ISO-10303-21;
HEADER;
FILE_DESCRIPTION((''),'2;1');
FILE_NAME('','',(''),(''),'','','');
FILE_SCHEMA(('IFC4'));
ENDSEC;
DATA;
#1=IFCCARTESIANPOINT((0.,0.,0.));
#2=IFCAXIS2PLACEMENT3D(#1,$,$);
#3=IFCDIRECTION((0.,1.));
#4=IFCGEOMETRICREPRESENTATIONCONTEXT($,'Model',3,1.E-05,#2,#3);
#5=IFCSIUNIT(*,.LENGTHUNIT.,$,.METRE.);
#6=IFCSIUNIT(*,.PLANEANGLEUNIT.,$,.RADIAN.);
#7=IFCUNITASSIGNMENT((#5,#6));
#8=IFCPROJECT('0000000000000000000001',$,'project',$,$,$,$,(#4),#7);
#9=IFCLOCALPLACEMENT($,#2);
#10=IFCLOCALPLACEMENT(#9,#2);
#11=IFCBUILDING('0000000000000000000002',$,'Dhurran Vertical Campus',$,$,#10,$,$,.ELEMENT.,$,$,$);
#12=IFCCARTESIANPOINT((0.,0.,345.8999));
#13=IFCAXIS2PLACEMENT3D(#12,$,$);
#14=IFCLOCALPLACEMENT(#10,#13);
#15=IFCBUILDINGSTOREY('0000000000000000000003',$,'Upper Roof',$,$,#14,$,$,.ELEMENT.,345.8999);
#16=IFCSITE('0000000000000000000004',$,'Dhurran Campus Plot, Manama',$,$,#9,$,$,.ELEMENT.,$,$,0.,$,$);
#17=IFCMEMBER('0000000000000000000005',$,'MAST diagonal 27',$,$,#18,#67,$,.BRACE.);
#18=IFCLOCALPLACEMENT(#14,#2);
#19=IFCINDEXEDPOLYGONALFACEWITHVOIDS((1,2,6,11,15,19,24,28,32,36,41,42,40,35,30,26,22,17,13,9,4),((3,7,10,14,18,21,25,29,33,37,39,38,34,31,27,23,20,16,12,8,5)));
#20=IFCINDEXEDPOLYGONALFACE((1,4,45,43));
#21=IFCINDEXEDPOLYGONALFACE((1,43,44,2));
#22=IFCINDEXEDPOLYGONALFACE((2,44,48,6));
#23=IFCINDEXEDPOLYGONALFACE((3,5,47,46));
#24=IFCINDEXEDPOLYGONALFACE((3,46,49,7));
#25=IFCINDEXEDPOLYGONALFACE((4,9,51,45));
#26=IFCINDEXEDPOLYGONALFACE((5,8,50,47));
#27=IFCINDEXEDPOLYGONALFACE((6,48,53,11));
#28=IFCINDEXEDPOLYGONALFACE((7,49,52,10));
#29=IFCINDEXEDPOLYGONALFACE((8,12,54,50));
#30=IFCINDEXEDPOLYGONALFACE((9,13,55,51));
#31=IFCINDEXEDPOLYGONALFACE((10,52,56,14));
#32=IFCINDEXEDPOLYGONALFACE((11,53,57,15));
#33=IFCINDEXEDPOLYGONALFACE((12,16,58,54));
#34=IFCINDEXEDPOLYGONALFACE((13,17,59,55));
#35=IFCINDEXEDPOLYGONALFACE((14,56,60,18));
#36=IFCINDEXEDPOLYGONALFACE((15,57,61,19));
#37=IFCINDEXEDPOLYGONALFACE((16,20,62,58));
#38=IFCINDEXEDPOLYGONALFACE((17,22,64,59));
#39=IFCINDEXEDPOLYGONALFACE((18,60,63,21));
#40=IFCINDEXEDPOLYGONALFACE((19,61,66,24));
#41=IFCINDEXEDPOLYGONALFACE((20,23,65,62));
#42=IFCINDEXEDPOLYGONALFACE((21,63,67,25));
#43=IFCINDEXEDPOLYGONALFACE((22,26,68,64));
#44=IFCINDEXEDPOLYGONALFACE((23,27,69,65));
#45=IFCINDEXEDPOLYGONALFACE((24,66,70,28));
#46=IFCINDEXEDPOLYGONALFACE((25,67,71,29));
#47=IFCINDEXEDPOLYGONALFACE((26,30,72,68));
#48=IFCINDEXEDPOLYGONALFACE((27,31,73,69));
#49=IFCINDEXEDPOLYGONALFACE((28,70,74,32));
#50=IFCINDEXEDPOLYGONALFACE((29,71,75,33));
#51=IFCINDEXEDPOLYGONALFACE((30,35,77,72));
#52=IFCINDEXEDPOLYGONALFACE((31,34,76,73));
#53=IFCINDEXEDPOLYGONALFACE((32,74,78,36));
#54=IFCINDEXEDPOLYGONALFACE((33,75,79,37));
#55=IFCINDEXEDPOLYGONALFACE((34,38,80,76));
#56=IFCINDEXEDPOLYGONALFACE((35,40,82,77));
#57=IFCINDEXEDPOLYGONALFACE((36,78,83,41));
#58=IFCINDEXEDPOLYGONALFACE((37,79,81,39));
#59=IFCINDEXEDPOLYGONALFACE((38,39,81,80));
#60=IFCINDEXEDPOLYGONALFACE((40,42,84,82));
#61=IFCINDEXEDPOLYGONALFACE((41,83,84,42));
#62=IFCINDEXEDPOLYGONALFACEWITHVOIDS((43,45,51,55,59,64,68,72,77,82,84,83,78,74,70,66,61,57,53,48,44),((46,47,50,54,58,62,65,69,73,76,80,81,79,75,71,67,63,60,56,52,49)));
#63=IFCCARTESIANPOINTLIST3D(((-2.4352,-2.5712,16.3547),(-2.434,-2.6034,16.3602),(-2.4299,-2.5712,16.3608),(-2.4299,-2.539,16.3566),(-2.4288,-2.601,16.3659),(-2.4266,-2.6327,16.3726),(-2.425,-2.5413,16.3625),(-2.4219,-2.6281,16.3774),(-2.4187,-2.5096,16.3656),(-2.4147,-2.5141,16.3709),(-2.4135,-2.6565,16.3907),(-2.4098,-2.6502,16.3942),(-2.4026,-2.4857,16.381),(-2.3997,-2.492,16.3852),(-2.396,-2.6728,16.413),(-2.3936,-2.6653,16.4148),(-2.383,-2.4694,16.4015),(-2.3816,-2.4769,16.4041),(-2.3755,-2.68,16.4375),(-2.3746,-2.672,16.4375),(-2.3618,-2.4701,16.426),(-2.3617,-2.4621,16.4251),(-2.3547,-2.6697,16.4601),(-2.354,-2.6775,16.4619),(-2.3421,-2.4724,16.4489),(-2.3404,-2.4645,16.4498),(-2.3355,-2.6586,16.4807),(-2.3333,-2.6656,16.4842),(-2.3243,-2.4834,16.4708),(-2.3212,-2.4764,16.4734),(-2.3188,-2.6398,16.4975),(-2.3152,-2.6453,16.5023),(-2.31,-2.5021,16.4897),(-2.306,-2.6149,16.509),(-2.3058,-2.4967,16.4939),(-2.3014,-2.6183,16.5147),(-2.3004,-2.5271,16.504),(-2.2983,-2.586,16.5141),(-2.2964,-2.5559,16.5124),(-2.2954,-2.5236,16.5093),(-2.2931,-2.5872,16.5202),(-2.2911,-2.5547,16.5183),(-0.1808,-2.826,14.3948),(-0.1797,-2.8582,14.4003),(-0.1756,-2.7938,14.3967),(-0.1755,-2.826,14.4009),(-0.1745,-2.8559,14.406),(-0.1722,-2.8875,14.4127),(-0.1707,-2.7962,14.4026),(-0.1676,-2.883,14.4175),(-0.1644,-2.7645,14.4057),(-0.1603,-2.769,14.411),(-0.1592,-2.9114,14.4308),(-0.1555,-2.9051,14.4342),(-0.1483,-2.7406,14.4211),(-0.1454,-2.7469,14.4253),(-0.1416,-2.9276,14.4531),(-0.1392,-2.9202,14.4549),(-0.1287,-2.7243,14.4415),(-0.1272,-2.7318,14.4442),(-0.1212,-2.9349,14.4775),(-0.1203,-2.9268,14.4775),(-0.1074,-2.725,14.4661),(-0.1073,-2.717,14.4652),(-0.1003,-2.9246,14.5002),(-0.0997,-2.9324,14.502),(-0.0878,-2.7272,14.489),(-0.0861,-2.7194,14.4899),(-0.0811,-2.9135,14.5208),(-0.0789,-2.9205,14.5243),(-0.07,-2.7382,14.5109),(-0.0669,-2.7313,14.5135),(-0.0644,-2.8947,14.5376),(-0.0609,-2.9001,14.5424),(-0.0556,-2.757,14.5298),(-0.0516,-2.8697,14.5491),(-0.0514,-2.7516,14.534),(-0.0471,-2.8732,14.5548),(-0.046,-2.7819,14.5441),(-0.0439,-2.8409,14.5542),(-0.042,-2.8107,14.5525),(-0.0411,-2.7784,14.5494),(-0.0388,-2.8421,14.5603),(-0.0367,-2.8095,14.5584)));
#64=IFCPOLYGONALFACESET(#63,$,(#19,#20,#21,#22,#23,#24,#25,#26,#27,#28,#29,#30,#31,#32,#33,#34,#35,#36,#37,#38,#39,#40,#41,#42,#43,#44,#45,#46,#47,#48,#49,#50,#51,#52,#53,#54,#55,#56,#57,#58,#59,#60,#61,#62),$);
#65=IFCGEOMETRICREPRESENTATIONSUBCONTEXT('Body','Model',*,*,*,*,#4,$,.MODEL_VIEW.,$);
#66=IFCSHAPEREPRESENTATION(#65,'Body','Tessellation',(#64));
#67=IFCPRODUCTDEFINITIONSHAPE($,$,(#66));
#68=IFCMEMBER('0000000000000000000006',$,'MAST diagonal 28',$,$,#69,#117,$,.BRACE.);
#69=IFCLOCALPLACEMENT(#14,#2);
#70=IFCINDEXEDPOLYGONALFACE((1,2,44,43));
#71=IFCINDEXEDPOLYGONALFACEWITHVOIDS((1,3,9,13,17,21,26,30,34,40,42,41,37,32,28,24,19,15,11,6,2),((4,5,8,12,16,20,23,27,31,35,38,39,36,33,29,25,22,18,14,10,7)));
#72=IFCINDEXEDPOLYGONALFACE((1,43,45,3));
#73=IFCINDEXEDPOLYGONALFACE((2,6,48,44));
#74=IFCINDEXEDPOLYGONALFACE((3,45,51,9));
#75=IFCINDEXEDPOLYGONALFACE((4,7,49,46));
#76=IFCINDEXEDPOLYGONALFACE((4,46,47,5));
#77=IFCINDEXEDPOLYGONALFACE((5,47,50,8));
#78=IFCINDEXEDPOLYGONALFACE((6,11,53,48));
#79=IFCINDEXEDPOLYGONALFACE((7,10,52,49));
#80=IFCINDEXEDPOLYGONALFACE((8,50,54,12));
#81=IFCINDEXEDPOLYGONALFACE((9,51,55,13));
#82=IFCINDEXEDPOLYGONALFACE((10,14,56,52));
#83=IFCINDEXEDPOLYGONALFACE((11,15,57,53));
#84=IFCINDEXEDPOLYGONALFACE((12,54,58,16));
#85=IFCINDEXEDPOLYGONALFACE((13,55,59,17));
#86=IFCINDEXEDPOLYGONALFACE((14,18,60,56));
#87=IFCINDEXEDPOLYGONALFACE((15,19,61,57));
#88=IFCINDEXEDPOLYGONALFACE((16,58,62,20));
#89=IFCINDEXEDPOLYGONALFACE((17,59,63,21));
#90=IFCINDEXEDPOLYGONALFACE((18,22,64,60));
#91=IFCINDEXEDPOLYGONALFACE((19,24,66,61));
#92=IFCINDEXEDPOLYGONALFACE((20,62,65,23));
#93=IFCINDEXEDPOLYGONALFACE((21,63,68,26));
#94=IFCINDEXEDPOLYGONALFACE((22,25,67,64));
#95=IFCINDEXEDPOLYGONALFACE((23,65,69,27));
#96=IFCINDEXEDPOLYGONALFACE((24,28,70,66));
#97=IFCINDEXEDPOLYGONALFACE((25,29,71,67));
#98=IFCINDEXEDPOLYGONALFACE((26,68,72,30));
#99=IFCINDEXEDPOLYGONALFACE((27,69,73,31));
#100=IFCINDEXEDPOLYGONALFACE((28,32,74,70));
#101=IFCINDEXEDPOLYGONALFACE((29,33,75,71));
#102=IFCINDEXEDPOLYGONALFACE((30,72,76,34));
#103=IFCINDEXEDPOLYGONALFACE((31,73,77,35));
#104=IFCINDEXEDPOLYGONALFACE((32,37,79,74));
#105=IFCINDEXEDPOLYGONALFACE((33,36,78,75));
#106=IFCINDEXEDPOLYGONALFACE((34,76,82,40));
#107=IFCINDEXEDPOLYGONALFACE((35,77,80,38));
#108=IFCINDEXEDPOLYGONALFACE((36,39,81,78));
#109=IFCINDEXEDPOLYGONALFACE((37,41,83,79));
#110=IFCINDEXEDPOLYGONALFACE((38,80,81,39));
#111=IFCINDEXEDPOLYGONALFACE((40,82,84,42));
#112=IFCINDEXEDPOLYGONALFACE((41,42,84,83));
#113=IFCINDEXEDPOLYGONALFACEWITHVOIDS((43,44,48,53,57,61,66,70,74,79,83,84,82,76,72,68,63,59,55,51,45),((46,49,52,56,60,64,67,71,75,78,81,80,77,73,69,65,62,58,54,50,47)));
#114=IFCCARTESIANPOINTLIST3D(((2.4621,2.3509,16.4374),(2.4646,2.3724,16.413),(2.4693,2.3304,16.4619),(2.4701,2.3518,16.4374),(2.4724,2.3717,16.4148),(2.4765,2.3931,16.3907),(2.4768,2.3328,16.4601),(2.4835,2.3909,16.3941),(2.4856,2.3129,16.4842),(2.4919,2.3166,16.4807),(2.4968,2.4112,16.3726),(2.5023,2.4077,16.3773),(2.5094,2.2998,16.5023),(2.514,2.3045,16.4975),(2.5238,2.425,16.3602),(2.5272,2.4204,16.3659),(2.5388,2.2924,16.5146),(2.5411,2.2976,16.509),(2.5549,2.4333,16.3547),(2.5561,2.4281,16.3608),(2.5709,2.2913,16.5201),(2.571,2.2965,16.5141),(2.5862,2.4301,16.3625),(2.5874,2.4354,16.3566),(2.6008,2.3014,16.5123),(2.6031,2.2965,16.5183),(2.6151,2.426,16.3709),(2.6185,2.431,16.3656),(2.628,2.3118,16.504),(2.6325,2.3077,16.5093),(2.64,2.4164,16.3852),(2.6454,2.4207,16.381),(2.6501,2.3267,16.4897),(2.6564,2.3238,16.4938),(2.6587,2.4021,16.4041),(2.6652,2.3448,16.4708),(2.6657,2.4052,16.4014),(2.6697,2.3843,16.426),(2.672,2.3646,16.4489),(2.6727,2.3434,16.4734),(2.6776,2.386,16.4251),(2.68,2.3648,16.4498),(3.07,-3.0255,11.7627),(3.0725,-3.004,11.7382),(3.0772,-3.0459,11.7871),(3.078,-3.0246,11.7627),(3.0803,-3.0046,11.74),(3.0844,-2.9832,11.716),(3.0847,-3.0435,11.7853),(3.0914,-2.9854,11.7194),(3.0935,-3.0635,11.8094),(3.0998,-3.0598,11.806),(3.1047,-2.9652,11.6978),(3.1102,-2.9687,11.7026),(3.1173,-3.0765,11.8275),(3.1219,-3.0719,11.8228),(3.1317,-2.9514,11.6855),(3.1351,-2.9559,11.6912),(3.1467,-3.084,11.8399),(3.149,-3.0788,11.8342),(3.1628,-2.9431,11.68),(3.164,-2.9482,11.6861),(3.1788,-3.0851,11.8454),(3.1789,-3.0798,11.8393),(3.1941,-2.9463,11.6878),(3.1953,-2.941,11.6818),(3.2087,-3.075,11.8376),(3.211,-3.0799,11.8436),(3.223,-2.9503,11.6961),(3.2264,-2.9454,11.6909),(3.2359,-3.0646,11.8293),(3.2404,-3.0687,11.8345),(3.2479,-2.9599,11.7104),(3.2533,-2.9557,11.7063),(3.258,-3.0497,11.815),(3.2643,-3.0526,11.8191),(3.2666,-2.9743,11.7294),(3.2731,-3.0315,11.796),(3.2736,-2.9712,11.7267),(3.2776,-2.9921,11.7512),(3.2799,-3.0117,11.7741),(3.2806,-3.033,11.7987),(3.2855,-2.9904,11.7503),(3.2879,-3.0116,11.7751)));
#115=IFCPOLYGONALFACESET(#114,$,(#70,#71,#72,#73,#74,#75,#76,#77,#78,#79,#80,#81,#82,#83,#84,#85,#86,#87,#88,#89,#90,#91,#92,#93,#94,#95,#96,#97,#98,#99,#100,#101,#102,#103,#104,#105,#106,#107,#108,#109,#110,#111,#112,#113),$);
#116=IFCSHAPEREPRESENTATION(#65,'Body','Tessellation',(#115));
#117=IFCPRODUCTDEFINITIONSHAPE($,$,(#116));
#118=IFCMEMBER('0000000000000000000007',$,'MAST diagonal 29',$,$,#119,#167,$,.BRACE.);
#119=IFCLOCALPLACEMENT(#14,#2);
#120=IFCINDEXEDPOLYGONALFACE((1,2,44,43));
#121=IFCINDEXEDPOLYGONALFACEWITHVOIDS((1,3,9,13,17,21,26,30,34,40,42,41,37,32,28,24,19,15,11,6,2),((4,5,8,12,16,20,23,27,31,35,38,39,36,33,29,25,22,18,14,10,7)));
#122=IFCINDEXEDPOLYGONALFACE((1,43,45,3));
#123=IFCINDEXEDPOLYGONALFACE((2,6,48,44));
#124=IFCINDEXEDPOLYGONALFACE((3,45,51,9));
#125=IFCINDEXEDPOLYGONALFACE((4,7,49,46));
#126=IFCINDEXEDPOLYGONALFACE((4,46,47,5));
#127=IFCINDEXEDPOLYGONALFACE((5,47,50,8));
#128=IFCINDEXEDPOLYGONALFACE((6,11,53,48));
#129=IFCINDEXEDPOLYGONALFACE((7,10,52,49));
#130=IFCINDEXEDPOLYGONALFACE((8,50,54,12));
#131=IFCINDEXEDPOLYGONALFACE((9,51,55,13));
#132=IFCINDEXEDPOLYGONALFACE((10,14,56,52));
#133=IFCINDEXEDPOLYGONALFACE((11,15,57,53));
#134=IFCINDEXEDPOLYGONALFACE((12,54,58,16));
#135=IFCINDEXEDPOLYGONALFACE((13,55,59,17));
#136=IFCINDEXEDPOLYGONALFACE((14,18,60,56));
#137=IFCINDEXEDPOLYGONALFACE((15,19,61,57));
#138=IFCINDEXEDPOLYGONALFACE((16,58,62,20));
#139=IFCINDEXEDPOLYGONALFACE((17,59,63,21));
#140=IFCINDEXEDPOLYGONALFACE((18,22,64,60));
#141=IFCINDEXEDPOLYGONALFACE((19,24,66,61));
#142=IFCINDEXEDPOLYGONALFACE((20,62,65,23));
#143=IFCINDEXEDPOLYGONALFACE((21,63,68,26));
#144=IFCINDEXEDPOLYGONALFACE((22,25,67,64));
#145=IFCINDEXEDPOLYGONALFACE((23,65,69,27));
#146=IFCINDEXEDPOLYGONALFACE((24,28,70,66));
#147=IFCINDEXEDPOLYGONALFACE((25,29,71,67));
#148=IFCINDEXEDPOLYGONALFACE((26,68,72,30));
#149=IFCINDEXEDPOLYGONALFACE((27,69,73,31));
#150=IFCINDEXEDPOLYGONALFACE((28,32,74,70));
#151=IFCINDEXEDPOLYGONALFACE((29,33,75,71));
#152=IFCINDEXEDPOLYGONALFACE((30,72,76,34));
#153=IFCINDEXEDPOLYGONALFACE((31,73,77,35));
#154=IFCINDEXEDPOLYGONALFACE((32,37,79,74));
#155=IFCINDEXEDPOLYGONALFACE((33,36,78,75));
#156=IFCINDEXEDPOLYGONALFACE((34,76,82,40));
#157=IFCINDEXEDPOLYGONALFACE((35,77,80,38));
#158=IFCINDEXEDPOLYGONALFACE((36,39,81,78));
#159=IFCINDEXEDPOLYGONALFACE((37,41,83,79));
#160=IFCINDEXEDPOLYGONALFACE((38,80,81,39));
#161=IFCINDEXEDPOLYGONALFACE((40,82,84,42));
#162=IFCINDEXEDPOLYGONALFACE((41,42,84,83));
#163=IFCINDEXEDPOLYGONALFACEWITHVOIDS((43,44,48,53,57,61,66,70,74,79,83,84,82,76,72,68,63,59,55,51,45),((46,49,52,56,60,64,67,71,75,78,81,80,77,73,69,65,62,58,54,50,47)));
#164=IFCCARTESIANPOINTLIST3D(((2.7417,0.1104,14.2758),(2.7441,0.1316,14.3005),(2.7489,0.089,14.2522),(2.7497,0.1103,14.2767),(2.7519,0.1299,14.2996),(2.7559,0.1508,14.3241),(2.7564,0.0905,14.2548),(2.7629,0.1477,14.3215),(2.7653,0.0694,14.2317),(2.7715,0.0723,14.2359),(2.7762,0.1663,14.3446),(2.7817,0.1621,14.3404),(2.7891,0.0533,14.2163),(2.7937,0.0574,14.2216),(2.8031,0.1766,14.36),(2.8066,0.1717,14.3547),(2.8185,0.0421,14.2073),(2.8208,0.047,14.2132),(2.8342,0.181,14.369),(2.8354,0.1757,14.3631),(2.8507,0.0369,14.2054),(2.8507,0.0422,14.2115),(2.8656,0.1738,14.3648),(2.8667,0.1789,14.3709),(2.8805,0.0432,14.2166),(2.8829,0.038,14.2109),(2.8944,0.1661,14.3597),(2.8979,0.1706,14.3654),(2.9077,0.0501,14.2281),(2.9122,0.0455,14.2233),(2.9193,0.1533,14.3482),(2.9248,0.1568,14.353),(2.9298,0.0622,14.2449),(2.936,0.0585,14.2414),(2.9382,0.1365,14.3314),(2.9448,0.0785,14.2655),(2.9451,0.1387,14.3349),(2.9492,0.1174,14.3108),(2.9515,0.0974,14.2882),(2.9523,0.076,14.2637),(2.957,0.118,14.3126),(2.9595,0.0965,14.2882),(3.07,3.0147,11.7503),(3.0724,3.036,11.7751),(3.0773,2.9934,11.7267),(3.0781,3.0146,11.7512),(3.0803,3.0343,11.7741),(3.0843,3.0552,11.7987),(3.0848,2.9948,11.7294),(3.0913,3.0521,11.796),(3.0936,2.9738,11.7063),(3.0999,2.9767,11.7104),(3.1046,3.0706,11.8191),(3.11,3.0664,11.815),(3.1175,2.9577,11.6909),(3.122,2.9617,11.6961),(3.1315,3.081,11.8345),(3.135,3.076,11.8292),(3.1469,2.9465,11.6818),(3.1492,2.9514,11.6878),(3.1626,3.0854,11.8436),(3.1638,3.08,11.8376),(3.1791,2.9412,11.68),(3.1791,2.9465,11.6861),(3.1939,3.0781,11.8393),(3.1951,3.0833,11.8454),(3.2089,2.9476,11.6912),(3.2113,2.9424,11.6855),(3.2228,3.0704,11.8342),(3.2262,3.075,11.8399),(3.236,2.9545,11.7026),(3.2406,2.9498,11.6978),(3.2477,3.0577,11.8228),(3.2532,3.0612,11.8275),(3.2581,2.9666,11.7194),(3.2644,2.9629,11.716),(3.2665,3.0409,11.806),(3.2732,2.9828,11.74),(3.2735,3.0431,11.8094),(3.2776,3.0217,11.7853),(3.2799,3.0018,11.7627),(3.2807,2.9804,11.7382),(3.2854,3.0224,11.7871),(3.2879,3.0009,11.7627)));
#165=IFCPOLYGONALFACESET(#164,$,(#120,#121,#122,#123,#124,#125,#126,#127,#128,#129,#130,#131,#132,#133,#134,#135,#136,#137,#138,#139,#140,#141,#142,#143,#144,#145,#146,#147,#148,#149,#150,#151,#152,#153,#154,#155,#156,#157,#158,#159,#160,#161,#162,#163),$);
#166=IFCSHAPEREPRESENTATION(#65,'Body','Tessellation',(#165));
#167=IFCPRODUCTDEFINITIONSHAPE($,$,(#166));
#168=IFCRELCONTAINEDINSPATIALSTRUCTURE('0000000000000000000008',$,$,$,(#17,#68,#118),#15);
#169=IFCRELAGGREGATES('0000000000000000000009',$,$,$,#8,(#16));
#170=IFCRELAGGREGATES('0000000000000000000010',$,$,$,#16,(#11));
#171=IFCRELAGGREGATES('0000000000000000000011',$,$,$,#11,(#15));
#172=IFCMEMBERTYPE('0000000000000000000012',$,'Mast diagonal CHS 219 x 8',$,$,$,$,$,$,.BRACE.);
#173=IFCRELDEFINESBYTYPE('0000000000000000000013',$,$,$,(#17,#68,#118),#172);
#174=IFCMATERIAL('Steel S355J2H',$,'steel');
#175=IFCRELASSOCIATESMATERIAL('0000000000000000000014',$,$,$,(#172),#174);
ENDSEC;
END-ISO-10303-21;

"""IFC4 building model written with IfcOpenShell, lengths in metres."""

from ifc_helpers import new_model, si_unit, direction, frame, origin, origin_2d, place, context, subcontext, project, spatial, hollow_circle, extrude, material, material_profile, profile_set, type_object, element, save


model = new_model("IFC4")

# Units and contexts
model_context = context("Model", 3, precision=1e-05, world=origin(), true_north=direction((0.0, 1.0)))
body_context = subcontext(model_context, "Body", "Model", "MODEL_VIEW")
ifc_project = project(units=[si_unit("LENGTHUNIT", "METRE"), si_unit("PLANEANGLEUNIT", "RADIAN")], contexts=[model_context])

# Site, building, storey
site_placement = place(None, origin())
site = spatial("IfcSite", under=ifc_project, at=site_placement, Name="Dhurran Campus Plot, Manama", CompositionType="ELEMENT", RefElevation=0.0)
building_placement = place(site_placement, origin())
building = spatial("IfcBuilding", under=site, at=building_placement, Name="Dhurran Vertical Campus", CompositionType="ELEMENT")
storey_placement = place(building_placement, frame((0.0, 0.0, 345.8999)))
storey = spatial("IfcBuildingStorey", under=building, at=storey_placement, Name="Upper Roof", CompositionType="ELEMENT", Elevation=345.8999)

# Members
ifc_material_1 = material(Name="Steel S355J2H", Category="steel")
ifc_material_profile_1 = material_profile(ifc_material_1, hollow_circle(Radius=0.1096, WallThickness=0.0081, at=origin_2d()), Name="CHS219x8")
ifc_profile_set_1 = profile_set([ifc_material_profile_1], Name="Steel S355J2H")
member_type_1 = type_object("IfcMemberType", Name="Mast diagonal CHS 219 x 8", PredefinedType="BRACE", material=ifc_profile_set_1)
member_1_placement = place(storey_placement, frame((-0.1089, -2.8259, 14.4775), z_axis=(-0.751937, 0.085014, 0.653731), x_axis=(-0.112345, -0.993669, 0.0)))
element("IfcMember", 1, at=member_1_placement, inside=storey, type_object=member_type_1, Name="MAST diagonal 27", PredefinedType="BRACE", context=body_context, shape_type="SweptSolid", body=[
    extrude(hollow_circle(Radius=0.1096, WallThickness=0.0081, at=origin_2d()), origin(), (0.0, 0.0, 1.0), 2.998),
])
member_2_placement = place(storey_placement, frame((3.179, -3.0132, 11.7627), z_axis=(-0.085016, 0.7519, 0.653773), x_axis=(-0.993668, -0.112353, 0.0)))
element("IfcMember", 2, at=member_2_placement, inside=storey, type_object=member_type_1, Name="MAST diagonal 28", PredefinedType="BRACE", context=body_context, shape_type="SweptSolid", body=[
    extrude(hollow_circle(Radius=0.1096, WallThickness=0.0081, at=origin_2d()), origin(), (0.0, 0.0, 1.0), 7.1504),
])
member_3_placement = place(storey_placement, frame((3.179, 3.0132, 11.7627), z_axis=(-0.085011, -0.751885, 0.653791), x_axis=(0.993669, -0.112347, 0.0)))
element("IfcMember", 3, at=member_3_placement, inside=storey, type_object=member_type_1, Name="MAST diagonal 29", PredefinedType="BRACE", context=body_context, shape_type="SweptSolid", body=[
    extrude(hollow_circle(Radius=0.1096, WallThickness=0.0081, at=origin_2d()), origin(), (0.0, 0.0, 1.0), 3.8628),
])

save(model, "model.ifc")
